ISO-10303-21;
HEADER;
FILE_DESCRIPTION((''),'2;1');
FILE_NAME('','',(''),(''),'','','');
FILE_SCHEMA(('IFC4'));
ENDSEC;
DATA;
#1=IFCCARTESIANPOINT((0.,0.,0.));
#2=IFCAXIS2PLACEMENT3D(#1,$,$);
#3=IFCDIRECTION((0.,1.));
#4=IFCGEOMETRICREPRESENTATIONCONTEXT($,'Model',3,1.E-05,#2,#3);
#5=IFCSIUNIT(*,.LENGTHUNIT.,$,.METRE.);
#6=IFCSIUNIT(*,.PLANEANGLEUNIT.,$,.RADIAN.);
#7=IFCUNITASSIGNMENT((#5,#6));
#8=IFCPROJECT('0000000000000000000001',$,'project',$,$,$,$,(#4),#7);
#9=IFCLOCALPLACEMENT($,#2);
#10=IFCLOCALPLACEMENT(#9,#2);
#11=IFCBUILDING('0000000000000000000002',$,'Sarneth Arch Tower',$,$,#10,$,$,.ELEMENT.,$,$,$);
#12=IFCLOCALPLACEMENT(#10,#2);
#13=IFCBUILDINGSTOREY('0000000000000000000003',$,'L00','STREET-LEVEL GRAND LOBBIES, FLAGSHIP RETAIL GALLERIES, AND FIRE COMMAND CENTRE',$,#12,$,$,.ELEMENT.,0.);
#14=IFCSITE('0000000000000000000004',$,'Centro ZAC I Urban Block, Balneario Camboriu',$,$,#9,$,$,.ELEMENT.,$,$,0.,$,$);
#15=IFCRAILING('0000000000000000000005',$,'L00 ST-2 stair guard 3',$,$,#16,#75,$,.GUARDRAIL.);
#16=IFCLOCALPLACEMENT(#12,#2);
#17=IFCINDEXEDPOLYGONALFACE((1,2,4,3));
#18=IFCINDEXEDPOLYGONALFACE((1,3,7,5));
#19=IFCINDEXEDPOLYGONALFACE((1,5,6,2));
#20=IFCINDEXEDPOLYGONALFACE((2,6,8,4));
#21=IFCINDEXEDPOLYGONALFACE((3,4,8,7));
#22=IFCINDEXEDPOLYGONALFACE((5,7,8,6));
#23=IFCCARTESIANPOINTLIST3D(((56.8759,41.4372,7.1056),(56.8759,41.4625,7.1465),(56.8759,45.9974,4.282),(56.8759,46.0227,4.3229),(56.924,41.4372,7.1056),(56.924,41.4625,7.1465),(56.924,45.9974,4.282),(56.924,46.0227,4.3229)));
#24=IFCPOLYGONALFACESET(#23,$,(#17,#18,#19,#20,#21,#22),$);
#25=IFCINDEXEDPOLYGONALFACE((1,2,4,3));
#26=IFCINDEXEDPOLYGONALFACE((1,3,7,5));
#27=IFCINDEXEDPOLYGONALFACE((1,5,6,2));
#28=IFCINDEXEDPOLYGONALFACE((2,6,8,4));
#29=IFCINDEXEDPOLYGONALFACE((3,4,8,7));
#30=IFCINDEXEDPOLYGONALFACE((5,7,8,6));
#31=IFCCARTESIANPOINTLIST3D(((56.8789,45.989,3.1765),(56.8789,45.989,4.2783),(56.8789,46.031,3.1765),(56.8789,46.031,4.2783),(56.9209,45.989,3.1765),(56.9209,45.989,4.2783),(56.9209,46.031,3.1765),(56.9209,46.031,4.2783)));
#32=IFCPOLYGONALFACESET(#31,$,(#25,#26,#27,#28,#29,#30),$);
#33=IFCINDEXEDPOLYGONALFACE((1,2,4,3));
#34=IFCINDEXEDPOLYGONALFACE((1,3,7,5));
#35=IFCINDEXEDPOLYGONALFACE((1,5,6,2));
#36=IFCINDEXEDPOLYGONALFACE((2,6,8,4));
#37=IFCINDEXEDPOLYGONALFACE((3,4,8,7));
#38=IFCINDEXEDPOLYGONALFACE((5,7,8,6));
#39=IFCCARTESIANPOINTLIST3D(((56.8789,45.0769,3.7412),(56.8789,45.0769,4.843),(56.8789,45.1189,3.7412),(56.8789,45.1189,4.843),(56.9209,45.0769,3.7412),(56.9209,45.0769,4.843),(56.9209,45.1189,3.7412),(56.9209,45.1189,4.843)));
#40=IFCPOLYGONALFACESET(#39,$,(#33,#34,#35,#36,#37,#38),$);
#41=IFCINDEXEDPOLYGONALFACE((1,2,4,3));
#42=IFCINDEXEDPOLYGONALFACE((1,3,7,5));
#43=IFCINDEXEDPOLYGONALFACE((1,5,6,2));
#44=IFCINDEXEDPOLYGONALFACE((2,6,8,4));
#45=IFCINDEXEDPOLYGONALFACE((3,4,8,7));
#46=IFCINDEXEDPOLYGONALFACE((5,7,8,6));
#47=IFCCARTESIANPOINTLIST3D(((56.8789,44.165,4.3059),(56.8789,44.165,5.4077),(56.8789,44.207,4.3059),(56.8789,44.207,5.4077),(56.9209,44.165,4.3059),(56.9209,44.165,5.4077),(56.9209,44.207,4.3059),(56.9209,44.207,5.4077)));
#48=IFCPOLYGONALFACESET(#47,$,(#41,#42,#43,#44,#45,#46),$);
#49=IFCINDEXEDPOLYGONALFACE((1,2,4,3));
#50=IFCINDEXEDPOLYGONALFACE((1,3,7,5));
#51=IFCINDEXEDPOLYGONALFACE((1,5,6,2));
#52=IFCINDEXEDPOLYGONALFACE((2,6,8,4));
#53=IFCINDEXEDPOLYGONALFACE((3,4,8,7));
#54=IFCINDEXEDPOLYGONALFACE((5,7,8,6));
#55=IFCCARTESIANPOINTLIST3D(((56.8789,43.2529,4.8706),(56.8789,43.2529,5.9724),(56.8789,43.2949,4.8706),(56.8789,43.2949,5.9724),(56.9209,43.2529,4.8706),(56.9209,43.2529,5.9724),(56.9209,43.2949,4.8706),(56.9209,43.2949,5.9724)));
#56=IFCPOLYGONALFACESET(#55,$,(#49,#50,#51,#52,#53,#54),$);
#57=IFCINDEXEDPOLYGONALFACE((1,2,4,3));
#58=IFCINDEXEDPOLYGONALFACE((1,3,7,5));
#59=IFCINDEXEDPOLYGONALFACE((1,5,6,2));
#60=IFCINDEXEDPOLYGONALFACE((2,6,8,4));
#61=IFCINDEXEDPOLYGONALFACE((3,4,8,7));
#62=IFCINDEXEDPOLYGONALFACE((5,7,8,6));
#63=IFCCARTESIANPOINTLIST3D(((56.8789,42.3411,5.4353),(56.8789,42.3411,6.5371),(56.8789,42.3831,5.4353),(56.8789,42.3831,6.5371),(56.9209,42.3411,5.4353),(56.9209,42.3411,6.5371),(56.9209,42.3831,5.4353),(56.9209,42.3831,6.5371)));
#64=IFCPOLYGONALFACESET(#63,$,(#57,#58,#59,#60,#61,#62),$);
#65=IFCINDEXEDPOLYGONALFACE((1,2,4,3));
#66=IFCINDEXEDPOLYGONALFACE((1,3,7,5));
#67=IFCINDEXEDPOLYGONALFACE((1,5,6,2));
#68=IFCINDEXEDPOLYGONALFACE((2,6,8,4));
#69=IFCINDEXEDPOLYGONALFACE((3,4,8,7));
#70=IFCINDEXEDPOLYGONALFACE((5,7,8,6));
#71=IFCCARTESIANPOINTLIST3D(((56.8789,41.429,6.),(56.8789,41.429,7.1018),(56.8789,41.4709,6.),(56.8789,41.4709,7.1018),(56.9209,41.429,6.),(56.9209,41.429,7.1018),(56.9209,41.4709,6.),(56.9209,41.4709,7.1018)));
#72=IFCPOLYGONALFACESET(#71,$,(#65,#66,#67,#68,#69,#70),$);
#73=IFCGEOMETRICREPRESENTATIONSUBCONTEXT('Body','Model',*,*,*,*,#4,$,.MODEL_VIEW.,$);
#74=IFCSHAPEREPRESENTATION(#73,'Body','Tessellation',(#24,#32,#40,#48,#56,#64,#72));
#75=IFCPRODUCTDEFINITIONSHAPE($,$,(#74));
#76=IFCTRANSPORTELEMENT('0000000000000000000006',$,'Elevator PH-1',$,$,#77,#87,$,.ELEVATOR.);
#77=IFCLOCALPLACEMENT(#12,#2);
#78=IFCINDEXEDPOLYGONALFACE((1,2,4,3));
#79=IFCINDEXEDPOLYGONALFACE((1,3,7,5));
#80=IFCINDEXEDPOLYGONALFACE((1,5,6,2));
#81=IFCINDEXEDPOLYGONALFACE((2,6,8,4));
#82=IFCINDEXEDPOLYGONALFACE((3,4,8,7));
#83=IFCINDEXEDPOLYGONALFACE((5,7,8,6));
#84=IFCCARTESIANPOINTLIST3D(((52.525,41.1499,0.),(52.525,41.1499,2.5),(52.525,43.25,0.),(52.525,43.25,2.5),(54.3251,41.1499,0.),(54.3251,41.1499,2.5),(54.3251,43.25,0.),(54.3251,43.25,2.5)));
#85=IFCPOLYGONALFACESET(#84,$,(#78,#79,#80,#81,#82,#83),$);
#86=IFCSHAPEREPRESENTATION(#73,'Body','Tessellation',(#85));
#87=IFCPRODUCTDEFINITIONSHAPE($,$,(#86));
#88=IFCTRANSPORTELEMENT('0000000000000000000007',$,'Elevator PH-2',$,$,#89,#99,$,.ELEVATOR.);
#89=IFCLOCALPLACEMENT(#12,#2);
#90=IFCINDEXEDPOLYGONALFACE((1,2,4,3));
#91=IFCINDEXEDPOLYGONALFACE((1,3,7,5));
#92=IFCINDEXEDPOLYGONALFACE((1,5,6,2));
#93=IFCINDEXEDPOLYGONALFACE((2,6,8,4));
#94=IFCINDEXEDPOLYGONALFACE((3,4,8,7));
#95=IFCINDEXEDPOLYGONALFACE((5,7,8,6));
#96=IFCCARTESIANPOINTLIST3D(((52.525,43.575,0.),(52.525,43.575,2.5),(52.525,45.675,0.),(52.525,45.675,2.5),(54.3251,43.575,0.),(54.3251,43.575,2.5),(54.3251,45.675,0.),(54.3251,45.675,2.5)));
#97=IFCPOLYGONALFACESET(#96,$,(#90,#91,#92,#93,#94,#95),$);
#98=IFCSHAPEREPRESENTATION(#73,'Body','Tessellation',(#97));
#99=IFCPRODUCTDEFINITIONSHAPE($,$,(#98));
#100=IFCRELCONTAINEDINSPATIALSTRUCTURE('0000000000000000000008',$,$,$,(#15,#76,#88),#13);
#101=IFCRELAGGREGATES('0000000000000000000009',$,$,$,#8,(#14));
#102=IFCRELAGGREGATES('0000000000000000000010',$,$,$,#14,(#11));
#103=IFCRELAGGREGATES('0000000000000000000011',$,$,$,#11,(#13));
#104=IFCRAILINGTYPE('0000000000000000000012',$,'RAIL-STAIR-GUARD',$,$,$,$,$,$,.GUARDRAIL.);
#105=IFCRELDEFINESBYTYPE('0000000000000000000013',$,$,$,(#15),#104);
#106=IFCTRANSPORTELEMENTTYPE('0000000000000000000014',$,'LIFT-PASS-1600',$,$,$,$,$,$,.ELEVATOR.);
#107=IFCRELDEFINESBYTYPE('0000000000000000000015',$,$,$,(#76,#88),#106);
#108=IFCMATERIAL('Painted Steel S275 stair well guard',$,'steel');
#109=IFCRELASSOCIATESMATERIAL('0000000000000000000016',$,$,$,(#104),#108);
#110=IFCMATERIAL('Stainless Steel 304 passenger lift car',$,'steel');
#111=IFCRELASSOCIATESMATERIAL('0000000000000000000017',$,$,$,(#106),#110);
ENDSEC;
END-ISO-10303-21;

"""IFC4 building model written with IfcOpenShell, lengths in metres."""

from ifc_helpers import new_model, si_unit, direction, frame, origin, origin_2d, place, context, subcontext, project, spatial, rectangle, extrude, material, type_object, element, save


model = new_model("IFC4")

# Units and contexts
model_context = context("Model", 3, precision=1e-05, world=origin(), true_north=direction((0.0, 1.0)))
body_context = subcontext(model_context, "Body", "Model", "MODEL_VIEW")
ifc_project = project(units=[si_unit("LENGTHUNIT", "METRE"), si_unit("PLANEANGLEUNIT", "RADIAN")], contexts=[model_context])

# Site, building, storey
site_placement = place(None, origin())
site = spatial("IfcSite", under=ifc_project, at=site_placement, Name="Centro ZAC I Urban Block, Balneario Camboriu", CompositionType="ELEMENT", RefElevation=0.0)
building_placement = place(site_placement, origin())
building = spatial("IfcBuilding", under=site, at=building_placement, Name="Sarneth Arch Tower", CompositionType="ELEMENT")
storey_placement = place(building_placement, origin())
storey = spatial("IfcBuildingStorey", under=building, at=storey_placement, Name="L00", Description="STREET-LEVEL GRAND LOBBIES, FLAGSHIP RETAIL GALLERIES, AND FIRE COMMAND CENTRE", CompositionType="ELEMENT", Elevation=0.0)

# Railing
ifc_material_1 = material(Name="Painted Steel S275 stair well guard", Category="steel")
railing_type_1 = type_object("IfcRailingType", Name="RAIL-STAIR-GUARD", PredefinedType="GUARDRAIL", material=ifc_material_1)
railing_1_placement = place(storey_placement, frame((56.8999, 46.01, 3.1765)))
element("IfcRailing", 1, at=railing_1_placement, inside=storey, type_object=railing_type_1, Name="L00 ST-2 stair guard 3", PredefinedType="GUARDRAIL", context=body_context, shape_type="SweptSolid", body=[
    extrude(rectangle(XDim=0.0481, YDim=0.0481, at=origin_2d()), frame((0.0, 0.0, 1.126), z_axis=(0.0, -0.850216, 0.526435), x_axis=(1.0, 0.0, 0.0)), (0.0, 0.0, 1.0), 5.3635),
    extrude(rectangle(XDim=0.042, YDim=0.042, at=origin_2d()), origin(), (0.0, 0.0, 1.0), 1.1018),
    extrude(rectangle(XDim=0.042, YDim=0.042, at=origin_2d()), frame((0.0, -0.9121, 0.5647)), (0.0, 0.0, 1.0), 1.1018),
    extrude(rectangle(XDim=0.042, YDim=0.042, at=origin_2d()), frame((0.0, -1.824, 1.1294)), (0.0, 0.0, 1.0), 1.1018),
    extrude(rectangle(XDim=0.042, YDim=0.042, at=origin_2d()), frame((0.0, -2.7361, 1.6941)), (0.0, 0.0, 1.0), 1.1018),
    extrude(rectangle(XDim=0.042, YDim=0.042, at=origin_2d()), frame((0.0, -3.6479, 2.2588)), (0.0, 0.0, 1.0), 1.1018),
    extrude(rectangle(XDim=0.042, YDim=0.042, at=origin_2d()), frame((0.0, -4.5601, 2.8235)), (0.0, 0.0, 1.0), 1.1018),
])

# Transport elements
ifc_material_2 = material(Name="Stainless Steel 304 passenger lift car", Category="steel")
transport_element_type = type_object("IfcTransportElementType", Name="LIFT-PASS-1600", PredefinedType="ELEVATOR", material=ifc_material_2)
for number, where, z_axis, x_axis, name in (
    (2, (53.425, 42.2, 0.0), (0.0, 0.0, 1.0), (1.0, 0.0, 0.0), "Elevator PH-1"),
    (3, (53.425, 44.625, 0.0), (0.0, 0.0, 1.0), (1.0, 0.0, 0.0), "Elevator PH-2"),
):
    element("IfcTransportElement", number, at=place(storey_placement, frame(where, z_axis=z_axis, x_axis=x_axis)), inside=storey, type_object=transport_element_type, Name=name, PredefinedType="ELEVATOR", context=body_context, shape_type="SweptSolid", body=[
        extrude(rectangle(XDim=1.8, YDim=2.1001, at=origin_2d()), origin(), (0.0, 0.0, 1.0), 2.5),
    ])

save(model, "model.ifc")
